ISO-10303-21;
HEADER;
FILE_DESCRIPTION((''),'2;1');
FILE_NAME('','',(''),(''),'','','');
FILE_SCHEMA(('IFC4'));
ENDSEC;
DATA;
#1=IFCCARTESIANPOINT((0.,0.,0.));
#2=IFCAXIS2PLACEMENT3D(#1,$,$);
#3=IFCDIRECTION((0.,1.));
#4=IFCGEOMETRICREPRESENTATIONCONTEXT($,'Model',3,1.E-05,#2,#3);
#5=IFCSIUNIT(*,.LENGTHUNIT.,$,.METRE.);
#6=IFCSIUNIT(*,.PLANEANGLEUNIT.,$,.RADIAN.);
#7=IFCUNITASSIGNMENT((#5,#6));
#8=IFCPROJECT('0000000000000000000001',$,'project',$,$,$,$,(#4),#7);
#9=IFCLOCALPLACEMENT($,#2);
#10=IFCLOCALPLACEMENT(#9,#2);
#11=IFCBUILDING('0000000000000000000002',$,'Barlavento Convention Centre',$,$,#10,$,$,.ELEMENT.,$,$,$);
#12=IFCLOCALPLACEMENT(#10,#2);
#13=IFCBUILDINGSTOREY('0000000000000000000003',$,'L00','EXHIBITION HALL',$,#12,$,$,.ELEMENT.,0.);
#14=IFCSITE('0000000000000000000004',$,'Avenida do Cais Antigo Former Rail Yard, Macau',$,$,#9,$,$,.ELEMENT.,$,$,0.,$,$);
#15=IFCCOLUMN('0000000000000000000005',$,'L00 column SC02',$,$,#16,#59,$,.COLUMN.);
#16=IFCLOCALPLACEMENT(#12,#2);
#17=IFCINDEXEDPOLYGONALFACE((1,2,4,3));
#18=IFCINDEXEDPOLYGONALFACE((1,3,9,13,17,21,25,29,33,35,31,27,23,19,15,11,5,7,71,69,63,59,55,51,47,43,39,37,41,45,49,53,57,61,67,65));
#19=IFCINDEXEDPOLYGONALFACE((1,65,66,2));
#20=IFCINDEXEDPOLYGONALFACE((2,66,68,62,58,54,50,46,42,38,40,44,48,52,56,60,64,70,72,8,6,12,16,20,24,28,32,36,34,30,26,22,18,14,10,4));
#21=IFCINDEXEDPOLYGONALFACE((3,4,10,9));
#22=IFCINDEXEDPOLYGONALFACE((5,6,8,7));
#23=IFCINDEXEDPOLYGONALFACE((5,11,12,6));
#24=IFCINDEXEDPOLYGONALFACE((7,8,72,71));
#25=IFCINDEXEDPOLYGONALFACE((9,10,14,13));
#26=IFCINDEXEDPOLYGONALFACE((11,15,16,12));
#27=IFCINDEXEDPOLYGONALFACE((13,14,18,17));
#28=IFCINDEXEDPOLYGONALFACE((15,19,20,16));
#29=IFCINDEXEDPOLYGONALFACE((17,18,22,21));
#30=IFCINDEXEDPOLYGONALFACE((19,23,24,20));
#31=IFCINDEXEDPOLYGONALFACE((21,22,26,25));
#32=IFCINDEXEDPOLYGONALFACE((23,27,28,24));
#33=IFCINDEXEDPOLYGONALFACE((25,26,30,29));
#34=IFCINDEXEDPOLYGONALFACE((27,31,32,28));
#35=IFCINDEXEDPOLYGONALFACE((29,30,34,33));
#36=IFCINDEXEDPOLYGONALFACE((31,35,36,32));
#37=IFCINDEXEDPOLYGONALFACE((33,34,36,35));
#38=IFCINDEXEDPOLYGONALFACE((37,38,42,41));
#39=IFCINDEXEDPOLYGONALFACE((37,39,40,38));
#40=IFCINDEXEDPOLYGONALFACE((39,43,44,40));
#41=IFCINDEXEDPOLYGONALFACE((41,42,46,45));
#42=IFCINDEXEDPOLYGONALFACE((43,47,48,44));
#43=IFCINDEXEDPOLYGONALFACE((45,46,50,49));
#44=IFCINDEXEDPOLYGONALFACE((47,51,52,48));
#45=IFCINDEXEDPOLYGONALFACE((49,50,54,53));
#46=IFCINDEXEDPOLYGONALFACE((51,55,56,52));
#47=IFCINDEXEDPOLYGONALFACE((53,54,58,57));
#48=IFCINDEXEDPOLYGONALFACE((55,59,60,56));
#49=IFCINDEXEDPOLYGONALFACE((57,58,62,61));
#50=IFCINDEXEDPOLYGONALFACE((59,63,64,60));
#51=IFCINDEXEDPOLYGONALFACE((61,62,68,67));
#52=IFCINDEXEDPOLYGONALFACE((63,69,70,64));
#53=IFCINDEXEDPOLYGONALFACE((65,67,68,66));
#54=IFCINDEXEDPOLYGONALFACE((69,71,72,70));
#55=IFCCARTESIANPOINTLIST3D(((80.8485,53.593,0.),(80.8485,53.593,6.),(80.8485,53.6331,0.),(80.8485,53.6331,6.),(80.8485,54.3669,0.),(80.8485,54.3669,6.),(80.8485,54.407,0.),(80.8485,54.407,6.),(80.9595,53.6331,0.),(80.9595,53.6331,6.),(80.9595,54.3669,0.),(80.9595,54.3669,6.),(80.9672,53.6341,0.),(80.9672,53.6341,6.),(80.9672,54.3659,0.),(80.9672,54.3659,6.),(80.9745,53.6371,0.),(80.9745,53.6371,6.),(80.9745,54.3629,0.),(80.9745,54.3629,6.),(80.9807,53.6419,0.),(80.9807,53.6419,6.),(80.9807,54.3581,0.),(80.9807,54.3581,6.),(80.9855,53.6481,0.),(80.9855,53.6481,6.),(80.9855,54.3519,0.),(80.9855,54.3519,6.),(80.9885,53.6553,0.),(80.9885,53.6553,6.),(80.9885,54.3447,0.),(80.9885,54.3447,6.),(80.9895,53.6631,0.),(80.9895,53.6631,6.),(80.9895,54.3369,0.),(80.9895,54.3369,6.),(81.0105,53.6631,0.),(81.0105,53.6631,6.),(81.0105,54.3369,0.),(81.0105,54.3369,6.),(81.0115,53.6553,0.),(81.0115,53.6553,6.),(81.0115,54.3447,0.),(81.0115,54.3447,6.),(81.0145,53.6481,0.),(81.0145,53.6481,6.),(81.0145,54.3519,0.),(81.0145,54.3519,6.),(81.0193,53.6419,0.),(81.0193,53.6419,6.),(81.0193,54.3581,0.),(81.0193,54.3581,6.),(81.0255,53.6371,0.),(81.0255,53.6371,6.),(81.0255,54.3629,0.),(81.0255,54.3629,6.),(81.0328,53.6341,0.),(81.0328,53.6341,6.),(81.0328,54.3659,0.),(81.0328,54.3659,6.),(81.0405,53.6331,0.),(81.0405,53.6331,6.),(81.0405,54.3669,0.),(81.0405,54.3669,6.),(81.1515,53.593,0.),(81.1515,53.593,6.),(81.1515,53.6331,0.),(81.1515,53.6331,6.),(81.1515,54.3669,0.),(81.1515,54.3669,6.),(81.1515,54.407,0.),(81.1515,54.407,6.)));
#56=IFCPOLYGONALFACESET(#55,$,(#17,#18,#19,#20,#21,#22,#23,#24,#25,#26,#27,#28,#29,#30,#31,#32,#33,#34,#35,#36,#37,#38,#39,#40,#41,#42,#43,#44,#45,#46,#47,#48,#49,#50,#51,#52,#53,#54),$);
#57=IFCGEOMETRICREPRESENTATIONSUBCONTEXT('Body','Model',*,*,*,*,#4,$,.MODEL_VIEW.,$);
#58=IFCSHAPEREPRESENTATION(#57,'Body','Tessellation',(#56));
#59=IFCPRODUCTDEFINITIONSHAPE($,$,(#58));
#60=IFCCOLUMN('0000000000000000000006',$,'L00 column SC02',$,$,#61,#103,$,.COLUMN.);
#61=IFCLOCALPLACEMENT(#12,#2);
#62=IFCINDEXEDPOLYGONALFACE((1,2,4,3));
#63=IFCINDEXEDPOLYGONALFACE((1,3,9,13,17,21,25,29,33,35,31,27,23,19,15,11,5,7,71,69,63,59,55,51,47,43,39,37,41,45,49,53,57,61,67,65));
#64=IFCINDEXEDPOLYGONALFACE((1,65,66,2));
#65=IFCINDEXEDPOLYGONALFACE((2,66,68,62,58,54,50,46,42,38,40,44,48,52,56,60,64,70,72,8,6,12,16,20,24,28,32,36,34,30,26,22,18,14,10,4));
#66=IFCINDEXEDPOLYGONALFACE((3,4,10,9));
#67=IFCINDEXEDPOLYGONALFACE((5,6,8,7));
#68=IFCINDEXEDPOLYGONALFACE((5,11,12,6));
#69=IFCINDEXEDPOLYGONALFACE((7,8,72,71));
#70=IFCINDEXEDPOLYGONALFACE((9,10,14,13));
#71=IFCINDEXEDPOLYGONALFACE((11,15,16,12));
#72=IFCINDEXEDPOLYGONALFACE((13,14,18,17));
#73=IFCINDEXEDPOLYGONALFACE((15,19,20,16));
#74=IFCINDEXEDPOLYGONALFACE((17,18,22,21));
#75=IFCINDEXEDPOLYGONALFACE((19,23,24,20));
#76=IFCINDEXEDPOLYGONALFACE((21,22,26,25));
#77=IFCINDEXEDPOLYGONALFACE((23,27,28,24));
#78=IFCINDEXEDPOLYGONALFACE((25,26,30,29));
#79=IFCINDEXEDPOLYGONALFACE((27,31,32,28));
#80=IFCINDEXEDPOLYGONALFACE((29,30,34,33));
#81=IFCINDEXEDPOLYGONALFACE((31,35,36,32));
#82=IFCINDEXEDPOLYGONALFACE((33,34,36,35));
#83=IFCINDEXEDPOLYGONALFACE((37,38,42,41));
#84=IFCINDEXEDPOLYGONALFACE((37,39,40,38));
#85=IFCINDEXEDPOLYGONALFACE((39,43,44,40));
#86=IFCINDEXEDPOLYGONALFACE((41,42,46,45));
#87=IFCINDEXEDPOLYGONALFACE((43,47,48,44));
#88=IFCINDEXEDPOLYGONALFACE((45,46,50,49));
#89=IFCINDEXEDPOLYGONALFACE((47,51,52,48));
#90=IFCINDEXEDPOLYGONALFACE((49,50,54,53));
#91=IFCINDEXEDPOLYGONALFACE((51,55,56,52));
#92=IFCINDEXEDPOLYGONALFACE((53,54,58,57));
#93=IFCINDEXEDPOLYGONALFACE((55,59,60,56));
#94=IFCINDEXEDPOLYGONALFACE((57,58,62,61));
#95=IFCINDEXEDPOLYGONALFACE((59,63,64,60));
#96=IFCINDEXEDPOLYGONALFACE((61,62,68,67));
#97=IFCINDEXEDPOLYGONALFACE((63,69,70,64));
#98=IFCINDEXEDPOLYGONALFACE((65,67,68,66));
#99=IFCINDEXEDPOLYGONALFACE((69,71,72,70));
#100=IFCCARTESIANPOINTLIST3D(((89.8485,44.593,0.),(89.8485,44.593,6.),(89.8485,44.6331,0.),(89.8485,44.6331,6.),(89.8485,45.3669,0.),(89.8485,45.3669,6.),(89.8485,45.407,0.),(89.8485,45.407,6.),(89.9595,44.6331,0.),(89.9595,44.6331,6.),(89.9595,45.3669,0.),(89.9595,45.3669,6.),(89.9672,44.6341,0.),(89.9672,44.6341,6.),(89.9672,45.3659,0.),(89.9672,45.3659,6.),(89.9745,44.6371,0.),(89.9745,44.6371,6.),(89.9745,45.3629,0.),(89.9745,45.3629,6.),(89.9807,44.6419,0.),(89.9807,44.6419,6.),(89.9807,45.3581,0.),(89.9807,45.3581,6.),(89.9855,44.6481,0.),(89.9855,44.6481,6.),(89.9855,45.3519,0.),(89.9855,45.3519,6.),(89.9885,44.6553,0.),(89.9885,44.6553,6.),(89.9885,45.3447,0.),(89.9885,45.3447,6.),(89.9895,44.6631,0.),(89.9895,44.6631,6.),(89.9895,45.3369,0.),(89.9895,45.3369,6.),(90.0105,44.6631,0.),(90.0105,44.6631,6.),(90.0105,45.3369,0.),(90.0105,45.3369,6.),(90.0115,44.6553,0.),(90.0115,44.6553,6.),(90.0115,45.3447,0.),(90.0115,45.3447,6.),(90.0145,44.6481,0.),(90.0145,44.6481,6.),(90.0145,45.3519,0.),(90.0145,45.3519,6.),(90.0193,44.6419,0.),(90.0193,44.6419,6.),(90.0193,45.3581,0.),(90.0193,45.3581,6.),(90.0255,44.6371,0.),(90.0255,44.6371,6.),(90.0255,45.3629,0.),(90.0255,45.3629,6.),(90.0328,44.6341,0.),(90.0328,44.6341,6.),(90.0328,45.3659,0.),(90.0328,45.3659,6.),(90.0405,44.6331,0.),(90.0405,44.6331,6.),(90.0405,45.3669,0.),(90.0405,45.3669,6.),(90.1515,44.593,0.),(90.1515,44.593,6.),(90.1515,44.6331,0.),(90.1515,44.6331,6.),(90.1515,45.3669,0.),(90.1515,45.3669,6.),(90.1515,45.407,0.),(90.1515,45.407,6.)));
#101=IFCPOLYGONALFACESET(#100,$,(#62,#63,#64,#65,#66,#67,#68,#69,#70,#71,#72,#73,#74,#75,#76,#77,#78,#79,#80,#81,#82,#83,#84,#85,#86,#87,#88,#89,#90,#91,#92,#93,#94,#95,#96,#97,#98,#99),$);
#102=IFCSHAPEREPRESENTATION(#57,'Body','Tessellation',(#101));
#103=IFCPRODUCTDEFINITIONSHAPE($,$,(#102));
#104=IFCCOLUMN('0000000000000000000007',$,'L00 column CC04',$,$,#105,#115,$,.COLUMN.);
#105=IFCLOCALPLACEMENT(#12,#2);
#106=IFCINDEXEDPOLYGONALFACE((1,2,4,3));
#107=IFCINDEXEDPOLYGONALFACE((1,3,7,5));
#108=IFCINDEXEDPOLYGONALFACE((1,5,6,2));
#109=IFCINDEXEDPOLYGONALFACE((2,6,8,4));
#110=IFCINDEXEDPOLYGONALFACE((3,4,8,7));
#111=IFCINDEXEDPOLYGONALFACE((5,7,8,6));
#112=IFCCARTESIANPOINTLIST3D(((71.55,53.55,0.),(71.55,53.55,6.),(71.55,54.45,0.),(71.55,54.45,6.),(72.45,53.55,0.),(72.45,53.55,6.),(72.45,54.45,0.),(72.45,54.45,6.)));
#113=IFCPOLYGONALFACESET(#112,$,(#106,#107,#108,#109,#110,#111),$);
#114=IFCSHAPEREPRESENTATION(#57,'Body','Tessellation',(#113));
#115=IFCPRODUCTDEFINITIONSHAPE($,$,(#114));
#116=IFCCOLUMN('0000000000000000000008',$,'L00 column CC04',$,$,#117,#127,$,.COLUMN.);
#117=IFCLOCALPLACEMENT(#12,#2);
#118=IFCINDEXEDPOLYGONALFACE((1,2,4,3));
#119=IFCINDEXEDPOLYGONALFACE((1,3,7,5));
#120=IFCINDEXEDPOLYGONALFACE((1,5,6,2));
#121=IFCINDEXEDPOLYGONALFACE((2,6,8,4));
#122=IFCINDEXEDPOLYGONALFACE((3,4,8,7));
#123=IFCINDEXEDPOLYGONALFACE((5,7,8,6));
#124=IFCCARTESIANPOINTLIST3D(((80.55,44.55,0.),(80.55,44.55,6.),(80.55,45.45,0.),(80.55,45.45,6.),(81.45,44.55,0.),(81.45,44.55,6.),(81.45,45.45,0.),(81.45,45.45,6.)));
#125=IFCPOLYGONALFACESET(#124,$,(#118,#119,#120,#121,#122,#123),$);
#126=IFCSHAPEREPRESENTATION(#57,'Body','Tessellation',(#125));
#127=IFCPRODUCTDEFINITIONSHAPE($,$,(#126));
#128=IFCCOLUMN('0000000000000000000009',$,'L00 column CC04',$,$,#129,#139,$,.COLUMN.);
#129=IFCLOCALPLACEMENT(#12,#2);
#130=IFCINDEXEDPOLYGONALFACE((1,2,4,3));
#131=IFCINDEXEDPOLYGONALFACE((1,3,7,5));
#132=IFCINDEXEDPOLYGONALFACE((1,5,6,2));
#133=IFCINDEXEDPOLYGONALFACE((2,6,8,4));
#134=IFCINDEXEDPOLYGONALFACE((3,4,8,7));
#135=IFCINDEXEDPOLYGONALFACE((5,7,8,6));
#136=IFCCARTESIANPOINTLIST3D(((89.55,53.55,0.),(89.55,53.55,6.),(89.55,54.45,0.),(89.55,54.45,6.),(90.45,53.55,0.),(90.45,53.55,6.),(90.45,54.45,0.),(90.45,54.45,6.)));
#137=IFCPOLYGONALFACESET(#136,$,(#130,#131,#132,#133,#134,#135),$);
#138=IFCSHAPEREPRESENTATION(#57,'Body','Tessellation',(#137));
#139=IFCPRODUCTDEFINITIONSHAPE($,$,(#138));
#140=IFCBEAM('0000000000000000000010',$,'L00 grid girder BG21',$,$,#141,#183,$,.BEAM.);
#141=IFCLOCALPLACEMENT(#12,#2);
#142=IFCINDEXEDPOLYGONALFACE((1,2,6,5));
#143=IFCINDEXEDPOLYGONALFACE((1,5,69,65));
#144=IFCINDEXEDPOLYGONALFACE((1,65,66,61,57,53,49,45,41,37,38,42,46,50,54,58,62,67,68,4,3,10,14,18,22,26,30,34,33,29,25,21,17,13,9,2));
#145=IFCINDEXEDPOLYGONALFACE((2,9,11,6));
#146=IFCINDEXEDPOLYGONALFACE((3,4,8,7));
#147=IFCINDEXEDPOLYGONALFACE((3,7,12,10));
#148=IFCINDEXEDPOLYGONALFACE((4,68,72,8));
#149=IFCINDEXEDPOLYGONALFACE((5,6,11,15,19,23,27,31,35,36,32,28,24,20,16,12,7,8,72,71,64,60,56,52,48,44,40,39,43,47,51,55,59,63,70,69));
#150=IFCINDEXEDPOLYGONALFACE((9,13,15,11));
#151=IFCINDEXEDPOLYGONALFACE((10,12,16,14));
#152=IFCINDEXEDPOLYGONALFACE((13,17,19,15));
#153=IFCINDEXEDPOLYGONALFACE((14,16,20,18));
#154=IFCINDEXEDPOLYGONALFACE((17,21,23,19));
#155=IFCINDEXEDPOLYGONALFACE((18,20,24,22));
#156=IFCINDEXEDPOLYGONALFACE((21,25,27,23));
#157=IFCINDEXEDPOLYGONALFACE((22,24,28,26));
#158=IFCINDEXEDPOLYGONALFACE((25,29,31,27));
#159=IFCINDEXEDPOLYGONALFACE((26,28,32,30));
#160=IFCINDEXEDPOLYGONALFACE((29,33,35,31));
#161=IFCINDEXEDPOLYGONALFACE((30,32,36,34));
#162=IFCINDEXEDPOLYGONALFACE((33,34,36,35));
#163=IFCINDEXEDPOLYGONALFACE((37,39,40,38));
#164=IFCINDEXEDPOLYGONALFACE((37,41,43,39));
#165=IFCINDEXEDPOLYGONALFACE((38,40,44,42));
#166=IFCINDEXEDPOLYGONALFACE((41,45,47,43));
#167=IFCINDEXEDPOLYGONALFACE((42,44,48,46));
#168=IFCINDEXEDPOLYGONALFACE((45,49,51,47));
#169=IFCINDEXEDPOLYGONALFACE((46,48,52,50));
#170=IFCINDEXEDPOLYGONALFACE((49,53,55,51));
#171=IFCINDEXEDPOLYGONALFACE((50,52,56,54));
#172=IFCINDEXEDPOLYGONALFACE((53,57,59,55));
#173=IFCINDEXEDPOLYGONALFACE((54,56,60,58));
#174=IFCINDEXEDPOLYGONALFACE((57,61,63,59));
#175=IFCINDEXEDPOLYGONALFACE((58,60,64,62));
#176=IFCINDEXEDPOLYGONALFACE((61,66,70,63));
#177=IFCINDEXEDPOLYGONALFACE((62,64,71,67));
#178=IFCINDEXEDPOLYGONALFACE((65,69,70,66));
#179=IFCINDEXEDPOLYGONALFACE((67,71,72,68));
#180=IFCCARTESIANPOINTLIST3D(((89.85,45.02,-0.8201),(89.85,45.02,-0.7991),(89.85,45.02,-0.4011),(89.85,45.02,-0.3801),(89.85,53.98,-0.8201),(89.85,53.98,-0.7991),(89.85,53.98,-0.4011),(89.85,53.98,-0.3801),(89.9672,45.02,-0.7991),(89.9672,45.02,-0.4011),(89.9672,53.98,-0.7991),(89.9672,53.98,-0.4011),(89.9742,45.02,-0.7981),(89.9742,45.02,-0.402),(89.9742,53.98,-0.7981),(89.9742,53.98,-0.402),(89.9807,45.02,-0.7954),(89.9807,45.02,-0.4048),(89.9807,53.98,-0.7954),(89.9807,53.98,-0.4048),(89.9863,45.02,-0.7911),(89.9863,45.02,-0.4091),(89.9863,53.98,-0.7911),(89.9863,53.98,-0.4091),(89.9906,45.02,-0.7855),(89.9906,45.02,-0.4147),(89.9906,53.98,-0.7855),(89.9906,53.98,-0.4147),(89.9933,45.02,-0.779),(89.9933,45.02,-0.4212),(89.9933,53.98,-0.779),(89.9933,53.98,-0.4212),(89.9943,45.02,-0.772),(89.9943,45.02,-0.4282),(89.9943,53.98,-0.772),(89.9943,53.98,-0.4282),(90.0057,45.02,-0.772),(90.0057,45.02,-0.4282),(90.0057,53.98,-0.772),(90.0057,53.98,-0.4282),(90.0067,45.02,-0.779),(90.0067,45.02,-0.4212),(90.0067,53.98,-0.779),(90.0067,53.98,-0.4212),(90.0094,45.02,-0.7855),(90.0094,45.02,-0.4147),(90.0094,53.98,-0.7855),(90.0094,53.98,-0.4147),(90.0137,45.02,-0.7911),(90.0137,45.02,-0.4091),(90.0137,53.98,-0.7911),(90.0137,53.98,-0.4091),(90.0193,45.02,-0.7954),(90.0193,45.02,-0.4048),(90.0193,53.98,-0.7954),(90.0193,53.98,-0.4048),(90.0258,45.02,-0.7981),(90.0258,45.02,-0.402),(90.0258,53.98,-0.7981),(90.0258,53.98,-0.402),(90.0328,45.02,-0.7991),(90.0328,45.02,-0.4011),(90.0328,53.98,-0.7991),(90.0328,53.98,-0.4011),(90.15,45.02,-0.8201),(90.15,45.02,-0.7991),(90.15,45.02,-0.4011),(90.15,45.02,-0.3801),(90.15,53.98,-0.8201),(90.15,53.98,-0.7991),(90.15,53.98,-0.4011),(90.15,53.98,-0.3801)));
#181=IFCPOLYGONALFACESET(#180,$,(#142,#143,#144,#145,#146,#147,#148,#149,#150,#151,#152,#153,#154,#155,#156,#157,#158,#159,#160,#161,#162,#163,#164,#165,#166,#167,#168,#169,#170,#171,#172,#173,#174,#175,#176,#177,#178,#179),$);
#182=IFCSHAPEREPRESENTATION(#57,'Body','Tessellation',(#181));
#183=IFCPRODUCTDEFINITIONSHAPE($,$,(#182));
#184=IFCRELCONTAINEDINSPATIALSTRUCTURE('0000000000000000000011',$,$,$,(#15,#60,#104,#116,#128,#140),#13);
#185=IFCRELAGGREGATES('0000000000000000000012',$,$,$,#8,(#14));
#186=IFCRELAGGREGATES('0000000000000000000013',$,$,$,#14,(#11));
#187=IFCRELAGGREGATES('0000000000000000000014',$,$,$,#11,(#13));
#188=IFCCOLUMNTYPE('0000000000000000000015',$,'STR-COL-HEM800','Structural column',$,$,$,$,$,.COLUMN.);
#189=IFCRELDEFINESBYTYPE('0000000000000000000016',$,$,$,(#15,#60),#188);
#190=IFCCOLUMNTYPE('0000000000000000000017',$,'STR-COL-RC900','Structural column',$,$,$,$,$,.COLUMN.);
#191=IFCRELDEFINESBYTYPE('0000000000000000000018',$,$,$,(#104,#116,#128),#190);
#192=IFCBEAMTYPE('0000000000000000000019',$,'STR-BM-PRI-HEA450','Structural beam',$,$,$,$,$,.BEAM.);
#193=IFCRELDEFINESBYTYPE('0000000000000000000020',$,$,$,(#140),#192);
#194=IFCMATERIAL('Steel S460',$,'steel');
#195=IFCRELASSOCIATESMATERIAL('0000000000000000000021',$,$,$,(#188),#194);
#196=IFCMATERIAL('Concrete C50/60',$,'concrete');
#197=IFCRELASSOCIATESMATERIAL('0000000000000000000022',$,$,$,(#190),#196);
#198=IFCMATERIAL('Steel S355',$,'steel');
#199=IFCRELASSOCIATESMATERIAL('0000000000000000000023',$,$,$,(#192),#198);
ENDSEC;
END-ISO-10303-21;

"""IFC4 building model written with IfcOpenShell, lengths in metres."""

from ifc_helpers import new_model, si_unit, direction, frame, origin, origin_2d, place, context, subcontext, project, spatial, rectangle, i_section, extrude, material, material_profile, profile_set, type_object, element, save


model = new_model("IFC4")

# Units and contexts
model_context = context("Model", 3, precision=1e-05, world=origin(), true_north=direction((0.0, 1.0)))
body_context = subcontext(model_context, "Body", "Model", "MODEL_VIEW")
ifc_project = project(units=[si_unit("LENGTHUNIT", "METRE"), si_unit("PLANEANGLEUNIT", "RADIAN")], contexts=[model_context])

# Site, building, storey
site_placement = place(None, origin())
site = spatial("IfcSite", under=ifc_project, at=site_placement, Name="Avenida do Cais Antigo Former Rail Yard, Macau", CompositionType="ELEMENT", RefElevation=0.0)
building_placement = place(site_placement, origin())
building = spatial("IfcBuilding", under=site, at=building_placement, Name="Barlavento Convention Centre", CompositionType="ELEMENT")
storey_placement = place(building_placement, origin())
storey = spatial("IfcBuildingStorey", under=building, at=storey_placement, Name="L00", Description="EXHIBITION HALL", CompositionType="ELEMENT", Elevation=0.0)

# Columns
ifc_material_1 = material(Name="Steel S460", Category="steel")
ifc_material_profile_1 = material_profile(ifc_material_1, i_section(OverallWidth=0.303, OverallDepth=0.814, WebThickness=0.021, FlangeThickness=0.04, FilletRadius=0.03, at=origin_2d()), Name="HEM 800")
ifc_profile_set_1 = profile_set([ifc_material_profile_1], Name="Steel S460")
column_type_1 = type_object("IfcColumnType", Name="STR-COL-HEM800", Description="Structural column", PredefinedType="COLUMN", material=ifc_profile_set_1)
for number, where, z_axis, x_axis, name in (
    (1, (81.0, 54.0, 0.0), (0.0, 0.0, 1.0), (1.0, 0.0, 0.0), "L00 column SC02"),
    (2, (90.0, 45.0, 0.0), (0.0, 0.0, 1.0), (1.0, 0.0, 0.0), "L00 column SC02"),
):
    element("IfcColumn", number, at=place(storey_placement, frame(where, z_axis=z_axis, x_axis=x_axis)), inside=storey, type_object=column_type_1, Name=name, PredefinedType="COLUMN", context=body_context, shape_type="SweptSolid", body=[
        extrude(i_section(OverallWidth=0.303, OverallDepth=0.814, WebThickness=0.021, FlangeThickness=0.04, FilletRadius=0.03, at=origin_2d()), origin(), (0.0, 0.0, 1.0), 6.0),
    ])
ifc_material_2 = material(Name="Concrete C50/60", Category="concrete")
ifc_material_profile_2 = material_profile(ifc_material_2, rectangle(XDim=0.8999, YDim=0.8999, at=origin_2d()), Name="RC 900x900")
ifc_profile_set_2 = profile_set([ifc_material_profile_2], Name="Concrete C50/60")
column_type_2 = type_object("IfcColumnType", Name="STR-COL-RC900", Description="Structural column", PredefinedType="COLUMN", material=ifc_profile_set_2)
for number, where, z_axis, x_axis, name in (
    (3, (72.0, 54.0, 0.0), (0.0, 0.0, 1.0), (1.0, 0.0, 0.0), "L00 column CC04"),
    (4, (81.0, 45.0, 0.0), (0.0, 0.0, 1.0), (1.0, 0.0, 0.0), "L00 column CC04"),
    (5, (90.0, 54.0, 0.0), (0.0, 0.0, 1.0), (1.0, 0.0, 0.0), "L00 column CC04"),
):
    element("IfcColumn", number, at=place(storey_placement, frame(where, z_axis=z_axis, x_axis=x_axis)), inside=storey, type_object=column_type_2, Name=name, PredefinedType="COLUMN", context=body_context, shape_type="SweptSolid", body=[
        extrude(rectangle(XDim=0.8999, YDim=0.8999, at=origin_2d()), origin(), (0.0, 0.0, 1.0), 6.0),
    ])

# Beam
ifc_material_3 = material(Name="Steel S355", Category="steel")
ifc_material_profile_3 = material_profile(ifc_material_3, i_section(OverallWidth=0.3, OverallDepth=0.4399, WebThickness=0.0115, FlangeThickness=0.021, FilletRadius=0.0271, at=origin_2d()), Name="HEA 450")
ifc_profile_set_3 = profile_set([ifc_material_profile_3], Name="Steel S355")
beam_type_1 = type_object("IfcBeamType", Name="STR-BM-PRI-HEA450", Description="Structural beam", PredefinedType="BEAM", material=ifc_profile_set_3)
beam_1_placement = place(storey_placement, frame((90.0, 45.02, -0.6001), z_axis=(0.0, 1.0, 0.0), x_axis=(-1.0, 0.0, 0.0)))
element("IfcBeam", 6, at=beam_1_placement, inside=storey, type_object=beam_type_1, Name="L00 grid girder BG21", PredefinedType="BEAM", context=body_context, shape_type="SweptSolid", body=[
    extrude(i_section(OverallWidth=0.3, OverallDepth=0.4399, WebThickness=0.0115, FlangeThickness=0.021, FilletRadius=0.0271, at=origin_2d()), origin(), (0.0, 0.0, 1.0), 8.96),
])

save(model, "model.ifc")
